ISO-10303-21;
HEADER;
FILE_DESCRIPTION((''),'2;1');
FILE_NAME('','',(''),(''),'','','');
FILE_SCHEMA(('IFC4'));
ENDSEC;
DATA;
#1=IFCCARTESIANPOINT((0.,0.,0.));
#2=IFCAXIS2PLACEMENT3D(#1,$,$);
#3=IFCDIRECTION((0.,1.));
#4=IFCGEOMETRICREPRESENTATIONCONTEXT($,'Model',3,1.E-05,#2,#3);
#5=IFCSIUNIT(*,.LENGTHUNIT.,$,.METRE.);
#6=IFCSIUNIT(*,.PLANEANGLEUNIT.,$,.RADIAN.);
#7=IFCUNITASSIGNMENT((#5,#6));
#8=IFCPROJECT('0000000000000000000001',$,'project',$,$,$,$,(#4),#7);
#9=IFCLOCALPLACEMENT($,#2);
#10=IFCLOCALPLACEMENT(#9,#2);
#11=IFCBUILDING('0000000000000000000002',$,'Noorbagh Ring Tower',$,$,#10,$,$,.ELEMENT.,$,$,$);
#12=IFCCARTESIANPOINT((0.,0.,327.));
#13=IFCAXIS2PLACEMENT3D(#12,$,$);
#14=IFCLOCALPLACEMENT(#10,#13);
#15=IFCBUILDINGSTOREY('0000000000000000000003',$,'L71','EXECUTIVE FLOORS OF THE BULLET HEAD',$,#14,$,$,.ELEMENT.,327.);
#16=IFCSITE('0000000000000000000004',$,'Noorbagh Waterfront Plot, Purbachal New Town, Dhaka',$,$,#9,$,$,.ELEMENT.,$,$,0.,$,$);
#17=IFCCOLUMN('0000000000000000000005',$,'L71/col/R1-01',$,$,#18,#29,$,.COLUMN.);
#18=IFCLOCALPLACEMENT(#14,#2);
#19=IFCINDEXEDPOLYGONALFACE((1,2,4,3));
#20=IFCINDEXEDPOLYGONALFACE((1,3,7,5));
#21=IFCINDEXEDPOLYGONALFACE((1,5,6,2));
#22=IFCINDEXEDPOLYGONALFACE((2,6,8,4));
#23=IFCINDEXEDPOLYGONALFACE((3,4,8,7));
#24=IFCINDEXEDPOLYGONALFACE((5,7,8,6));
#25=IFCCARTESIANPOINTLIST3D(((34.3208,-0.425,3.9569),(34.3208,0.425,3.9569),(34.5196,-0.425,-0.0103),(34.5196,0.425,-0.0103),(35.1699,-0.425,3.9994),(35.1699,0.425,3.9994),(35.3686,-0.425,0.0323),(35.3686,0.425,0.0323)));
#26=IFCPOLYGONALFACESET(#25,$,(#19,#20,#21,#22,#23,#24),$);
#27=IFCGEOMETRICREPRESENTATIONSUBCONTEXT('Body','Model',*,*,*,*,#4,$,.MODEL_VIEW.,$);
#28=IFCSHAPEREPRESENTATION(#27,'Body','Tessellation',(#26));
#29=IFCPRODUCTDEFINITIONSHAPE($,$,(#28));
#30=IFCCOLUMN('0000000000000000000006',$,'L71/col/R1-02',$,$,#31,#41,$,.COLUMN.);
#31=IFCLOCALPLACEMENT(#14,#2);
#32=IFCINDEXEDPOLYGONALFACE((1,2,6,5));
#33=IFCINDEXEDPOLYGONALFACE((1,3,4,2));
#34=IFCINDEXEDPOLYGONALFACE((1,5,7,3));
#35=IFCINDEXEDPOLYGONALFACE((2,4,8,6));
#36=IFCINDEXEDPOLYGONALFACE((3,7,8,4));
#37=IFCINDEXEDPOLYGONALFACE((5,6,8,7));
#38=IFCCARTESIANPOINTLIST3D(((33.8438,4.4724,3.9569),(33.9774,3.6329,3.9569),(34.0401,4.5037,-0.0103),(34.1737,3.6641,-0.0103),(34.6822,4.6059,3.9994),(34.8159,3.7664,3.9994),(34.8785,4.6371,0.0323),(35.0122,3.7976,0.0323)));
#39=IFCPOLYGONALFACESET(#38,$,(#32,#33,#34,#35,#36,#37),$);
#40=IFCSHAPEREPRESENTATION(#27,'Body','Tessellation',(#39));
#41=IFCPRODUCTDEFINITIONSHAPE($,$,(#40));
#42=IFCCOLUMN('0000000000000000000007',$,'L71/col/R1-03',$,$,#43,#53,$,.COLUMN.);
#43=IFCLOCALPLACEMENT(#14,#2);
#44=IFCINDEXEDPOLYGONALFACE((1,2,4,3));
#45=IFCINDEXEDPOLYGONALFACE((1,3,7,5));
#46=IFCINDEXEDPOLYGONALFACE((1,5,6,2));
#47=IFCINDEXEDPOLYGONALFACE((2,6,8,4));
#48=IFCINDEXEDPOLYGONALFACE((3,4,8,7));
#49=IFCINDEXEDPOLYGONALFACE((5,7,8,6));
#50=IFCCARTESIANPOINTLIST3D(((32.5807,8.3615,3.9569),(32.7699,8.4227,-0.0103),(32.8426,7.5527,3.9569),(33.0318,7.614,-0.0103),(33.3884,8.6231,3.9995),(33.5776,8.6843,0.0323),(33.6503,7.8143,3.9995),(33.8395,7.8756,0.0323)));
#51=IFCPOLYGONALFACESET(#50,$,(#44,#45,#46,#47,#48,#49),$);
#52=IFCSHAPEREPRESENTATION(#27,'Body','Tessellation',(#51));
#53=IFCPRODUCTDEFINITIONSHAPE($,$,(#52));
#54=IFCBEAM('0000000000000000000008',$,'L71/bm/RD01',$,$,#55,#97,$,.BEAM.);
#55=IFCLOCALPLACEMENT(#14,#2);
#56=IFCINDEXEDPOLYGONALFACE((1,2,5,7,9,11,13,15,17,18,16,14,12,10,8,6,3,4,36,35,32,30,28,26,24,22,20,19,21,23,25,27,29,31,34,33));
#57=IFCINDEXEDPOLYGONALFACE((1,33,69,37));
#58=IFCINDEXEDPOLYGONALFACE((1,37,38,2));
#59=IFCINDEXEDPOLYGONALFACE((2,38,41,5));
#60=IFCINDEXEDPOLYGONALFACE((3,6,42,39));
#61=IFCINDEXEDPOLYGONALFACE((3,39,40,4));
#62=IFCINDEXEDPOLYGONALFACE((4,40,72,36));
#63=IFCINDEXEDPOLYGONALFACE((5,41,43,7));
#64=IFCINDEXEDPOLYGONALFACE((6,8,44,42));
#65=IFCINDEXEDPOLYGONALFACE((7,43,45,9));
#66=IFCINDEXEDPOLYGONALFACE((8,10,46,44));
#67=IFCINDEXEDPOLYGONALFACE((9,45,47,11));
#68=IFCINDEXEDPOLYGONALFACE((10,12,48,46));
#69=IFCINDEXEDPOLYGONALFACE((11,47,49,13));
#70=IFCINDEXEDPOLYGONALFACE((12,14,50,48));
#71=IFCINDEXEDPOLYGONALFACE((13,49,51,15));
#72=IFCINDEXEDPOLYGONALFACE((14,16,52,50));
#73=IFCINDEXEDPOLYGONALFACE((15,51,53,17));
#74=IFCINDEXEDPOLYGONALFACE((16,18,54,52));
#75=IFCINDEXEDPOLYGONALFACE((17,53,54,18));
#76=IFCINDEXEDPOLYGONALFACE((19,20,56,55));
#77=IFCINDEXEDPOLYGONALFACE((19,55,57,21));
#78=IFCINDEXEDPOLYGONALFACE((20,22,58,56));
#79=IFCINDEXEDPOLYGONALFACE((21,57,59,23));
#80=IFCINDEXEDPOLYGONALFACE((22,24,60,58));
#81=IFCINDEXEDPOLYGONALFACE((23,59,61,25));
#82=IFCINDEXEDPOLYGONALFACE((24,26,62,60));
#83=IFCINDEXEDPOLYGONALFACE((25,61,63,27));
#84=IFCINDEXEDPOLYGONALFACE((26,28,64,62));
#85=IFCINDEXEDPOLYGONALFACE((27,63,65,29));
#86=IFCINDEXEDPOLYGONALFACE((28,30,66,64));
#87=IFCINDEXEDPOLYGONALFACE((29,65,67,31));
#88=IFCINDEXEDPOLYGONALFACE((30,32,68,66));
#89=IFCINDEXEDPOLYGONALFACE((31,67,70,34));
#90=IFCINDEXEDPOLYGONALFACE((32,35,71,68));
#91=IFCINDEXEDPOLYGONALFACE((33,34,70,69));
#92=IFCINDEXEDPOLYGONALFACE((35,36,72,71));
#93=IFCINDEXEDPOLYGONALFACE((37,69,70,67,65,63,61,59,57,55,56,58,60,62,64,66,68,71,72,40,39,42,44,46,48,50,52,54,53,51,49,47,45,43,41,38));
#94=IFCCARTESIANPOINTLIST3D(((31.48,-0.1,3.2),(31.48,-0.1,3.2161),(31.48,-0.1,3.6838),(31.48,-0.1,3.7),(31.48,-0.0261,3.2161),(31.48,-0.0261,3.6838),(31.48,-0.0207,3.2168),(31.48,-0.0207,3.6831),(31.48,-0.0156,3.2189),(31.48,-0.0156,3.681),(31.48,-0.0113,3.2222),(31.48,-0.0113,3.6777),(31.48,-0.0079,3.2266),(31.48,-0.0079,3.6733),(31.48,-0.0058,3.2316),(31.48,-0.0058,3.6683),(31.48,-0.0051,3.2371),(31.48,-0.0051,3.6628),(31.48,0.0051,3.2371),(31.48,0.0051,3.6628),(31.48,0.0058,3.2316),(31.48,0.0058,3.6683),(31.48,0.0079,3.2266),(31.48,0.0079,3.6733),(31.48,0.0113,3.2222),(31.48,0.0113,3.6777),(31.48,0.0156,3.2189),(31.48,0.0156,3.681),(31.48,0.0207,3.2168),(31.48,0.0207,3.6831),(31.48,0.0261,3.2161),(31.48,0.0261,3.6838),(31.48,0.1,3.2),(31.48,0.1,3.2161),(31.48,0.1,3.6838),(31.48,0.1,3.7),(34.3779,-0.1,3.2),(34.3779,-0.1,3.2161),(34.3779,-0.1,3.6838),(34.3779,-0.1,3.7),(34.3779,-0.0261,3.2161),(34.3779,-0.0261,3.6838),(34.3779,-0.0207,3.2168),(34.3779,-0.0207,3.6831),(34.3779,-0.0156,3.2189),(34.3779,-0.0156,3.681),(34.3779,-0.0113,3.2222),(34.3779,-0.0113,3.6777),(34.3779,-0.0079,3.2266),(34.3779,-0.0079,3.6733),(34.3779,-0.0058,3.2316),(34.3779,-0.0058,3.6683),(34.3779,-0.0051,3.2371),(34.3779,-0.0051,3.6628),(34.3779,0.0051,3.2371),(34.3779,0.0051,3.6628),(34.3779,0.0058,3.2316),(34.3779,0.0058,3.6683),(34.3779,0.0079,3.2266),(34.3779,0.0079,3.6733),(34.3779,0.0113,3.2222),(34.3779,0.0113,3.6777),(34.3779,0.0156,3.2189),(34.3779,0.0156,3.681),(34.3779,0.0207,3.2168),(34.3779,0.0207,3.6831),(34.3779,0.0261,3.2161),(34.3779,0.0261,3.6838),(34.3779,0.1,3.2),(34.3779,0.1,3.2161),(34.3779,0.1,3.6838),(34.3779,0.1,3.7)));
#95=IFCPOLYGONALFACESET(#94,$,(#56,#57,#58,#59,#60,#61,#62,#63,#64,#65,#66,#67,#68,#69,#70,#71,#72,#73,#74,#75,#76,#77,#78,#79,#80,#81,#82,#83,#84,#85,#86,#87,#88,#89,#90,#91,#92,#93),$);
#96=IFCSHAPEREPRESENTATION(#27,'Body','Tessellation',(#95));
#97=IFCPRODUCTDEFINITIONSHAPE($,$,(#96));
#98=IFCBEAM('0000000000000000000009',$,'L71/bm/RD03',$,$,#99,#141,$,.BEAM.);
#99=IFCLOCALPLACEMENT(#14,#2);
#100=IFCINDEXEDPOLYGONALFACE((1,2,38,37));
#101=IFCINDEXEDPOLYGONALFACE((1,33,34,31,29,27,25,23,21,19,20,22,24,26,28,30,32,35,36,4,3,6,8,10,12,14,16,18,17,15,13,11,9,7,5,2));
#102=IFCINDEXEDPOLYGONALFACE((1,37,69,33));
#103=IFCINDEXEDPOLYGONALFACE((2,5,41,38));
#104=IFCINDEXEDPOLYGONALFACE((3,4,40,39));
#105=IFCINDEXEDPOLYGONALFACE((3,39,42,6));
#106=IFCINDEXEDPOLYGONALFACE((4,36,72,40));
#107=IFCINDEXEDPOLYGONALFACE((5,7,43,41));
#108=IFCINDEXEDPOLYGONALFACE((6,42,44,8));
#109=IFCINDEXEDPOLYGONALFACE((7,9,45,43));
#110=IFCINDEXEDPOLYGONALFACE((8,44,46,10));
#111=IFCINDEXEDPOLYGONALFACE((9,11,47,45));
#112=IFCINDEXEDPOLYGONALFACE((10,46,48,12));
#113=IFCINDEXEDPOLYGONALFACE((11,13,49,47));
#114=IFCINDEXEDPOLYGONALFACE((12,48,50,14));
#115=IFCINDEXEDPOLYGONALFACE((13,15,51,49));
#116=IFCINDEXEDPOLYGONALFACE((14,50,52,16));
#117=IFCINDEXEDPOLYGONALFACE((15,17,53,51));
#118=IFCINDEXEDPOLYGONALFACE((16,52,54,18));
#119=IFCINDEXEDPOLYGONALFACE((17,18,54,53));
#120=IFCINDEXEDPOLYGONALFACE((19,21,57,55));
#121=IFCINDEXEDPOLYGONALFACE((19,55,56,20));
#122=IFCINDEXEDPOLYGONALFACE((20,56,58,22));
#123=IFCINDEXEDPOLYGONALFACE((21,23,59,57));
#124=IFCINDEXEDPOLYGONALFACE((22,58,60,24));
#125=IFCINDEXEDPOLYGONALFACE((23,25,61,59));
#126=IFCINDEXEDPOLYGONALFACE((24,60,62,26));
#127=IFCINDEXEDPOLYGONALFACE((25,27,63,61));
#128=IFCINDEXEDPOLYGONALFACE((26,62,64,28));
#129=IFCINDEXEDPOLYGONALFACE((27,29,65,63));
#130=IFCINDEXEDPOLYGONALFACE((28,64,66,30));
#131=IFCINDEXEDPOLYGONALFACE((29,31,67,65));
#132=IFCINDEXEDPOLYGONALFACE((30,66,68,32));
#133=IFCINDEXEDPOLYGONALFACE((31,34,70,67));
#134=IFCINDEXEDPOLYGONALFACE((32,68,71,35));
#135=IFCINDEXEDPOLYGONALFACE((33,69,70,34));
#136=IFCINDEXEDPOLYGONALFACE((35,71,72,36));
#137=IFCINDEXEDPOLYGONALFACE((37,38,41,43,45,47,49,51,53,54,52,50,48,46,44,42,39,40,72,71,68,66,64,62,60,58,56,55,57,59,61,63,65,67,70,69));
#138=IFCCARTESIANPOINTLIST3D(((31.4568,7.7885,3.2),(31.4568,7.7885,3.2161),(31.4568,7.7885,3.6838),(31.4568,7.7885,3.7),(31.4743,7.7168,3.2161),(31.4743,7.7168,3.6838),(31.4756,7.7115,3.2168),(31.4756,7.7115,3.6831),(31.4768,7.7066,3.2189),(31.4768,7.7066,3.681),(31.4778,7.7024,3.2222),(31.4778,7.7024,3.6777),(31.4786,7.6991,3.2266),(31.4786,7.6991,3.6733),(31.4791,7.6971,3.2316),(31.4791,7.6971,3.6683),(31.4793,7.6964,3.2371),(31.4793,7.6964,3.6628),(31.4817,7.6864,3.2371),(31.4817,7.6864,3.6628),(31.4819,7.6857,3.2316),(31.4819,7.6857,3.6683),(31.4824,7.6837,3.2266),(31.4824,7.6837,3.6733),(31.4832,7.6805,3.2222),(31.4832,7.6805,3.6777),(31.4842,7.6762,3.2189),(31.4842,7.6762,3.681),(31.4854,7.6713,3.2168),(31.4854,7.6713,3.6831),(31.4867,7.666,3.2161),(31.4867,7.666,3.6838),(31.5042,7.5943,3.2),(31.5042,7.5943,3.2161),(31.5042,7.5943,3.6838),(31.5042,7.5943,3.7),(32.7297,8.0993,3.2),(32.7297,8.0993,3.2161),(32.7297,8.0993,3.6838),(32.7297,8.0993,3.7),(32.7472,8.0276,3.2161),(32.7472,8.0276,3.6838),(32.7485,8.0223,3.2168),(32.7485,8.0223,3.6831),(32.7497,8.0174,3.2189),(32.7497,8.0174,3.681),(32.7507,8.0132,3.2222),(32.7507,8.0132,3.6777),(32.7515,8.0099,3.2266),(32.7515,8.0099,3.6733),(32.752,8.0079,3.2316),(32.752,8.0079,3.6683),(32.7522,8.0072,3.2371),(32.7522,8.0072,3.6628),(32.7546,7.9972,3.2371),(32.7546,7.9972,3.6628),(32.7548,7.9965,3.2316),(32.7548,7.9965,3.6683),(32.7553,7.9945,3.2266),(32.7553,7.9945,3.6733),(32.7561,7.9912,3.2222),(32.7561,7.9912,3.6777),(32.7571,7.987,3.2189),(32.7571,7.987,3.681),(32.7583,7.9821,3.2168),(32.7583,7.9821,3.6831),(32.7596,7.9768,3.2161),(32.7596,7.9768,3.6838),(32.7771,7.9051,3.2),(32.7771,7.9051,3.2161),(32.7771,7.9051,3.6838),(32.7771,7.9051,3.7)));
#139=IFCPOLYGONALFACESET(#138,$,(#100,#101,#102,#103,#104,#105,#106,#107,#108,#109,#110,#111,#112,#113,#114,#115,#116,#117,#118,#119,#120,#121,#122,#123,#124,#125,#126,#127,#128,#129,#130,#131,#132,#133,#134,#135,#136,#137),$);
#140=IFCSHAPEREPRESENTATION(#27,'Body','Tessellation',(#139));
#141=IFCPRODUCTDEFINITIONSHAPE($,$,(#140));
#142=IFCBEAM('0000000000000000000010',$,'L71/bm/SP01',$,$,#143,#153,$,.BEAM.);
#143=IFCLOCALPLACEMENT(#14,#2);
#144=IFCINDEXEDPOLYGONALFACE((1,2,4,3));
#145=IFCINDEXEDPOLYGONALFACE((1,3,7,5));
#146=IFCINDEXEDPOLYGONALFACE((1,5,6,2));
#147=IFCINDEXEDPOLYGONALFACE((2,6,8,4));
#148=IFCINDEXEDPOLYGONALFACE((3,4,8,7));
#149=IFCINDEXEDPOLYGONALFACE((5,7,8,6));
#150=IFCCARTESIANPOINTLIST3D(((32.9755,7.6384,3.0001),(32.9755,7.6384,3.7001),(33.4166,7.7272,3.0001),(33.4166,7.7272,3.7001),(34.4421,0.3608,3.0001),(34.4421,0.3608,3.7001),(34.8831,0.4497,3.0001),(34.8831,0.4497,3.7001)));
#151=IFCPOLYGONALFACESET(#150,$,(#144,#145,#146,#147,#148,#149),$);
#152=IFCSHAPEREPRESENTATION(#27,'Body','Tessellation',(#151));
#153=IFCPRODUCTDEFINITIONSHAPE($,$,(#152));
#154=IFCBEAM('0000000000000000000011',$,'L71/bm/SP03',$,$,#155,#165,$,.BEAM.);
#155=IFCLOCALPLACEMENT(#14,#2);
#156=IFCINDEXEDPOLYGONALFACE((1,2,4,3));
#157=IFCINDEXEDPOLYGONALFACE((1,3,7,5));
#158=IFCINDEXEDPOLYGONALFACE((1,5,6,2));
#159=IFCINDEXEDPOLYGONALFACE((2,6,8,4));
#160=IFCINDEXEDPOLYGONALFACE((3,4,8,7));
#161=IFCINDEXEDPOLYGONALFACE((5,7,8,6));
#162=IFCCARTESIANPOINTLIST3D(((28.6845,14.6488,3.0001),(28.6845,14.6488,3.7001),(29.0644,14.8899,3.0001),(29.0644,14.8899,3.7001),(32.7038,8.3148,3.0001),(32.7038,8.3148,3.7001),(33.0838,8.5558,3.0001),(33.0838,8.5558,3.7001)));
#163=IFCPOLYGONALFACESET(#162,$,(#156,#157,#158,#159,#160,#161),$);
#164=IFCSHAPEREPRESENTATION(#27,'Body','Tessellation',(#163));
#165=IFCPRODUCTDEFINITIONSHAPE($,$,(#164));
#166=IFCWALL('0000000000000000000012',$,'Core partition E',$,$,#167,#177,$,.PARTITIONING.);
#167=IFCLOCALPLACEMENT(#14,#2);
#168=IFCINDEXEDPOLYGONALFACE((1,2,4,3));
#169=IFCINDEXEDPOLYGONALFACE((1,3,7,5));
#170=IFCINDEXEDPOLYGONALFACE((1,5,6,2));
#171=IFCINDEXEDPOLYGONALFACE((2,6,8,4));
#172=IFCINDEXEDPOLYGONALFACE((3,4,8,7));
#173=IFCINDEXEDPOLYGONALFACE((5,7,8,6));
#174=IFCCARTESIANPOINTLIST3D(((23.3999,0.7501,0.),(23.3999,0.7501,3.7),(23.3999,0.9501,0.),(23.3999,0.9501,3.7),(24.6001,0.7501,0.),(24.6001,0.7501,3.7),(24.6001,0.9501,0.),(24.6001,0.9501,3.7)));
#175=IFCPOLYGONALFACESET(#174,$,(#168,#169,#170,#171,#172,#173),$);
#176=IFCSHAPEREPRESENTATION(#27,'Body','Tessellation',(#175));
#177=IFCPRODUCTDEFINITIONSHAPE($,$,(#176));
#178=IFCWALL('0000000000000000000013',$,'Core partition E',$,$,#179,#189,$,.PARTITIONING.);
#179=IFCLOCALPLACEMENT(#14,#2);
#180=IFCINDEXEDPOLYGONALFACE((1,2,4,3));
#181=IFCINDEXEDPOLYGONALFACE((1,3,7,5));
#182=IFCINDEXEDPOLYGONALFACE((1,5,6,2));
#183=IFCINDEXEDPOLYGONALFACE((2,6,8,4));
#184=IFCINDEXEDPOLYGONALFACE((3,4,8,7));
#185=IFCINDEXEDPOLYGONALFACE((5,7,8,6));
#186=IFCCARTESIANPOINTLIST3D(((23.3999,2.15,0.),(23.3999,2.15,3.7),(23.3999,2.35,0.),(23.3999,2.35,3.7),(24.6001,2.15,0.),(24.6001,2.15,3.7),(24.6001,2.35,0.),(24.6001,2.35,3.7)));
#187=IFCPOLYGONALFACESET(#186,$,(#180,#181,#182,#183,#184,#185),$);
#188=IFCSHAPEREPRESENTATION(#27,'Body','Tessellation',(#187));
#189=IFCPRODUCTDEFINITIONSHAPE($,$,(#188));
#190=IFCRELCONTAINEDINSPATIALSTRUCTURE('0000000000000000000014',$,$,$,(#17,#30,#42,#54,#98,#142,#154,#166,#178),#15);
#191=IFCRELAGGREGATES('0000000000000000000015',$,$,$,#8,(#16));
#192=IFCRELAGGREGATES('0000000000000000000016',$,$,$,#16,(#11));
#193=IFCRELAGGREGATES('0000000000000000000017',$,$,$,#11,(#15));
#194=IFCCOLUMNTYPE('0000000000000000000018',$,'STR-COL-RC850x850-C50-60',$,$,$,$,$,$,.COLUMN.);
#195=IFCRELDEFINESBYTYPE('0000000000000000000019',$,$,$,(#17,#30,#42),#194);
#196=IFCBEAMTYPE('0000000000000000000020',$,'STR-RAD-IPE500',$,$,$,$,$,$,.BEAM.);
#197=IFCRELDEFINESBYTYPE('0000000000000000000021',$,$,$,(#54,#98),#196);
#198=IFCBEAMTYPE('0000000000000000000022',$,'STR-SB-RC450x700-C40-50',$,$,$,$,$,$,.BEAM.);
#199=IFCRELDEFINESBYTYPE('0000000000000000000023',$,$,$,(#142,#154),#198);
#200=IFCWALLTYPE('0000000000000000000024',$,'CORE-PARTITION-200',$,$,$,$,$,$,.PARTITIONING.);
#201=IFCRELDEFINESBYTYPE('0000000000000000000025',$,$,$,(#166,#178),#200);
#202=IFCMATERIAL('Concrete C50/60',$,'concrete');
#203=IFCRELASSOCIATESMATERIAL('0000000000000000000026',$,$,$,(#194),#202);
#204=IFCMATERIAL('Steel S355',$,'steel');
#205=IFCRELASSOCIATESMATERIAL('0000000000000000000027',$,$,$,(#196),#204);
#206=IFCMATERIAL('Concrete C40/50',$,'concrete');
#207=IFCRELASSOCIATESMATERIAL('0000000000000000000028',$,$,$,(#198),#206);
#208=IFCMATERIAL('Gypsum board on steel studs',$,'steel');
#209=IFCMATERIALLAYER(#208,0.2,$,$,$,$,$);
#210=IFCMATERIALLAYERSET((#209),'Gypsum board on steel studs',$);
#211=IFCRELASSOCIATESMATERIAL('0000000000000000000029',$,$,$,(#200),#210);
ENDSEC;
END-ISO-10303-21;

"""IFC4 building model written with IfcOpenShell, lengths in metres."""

from ifc_helpers import new_model, si_unit, direction, frame, frame_2d, origin, origin_2d, place, context, subcontext, project, spatial, rectangle, i_section, extrude, material, layer, layer_set, material_profile, profile_set, type_object, element, save


model = new_model("IFC4")

# Units and contexts
model_context = context("Model", 3, precision=1e-05, world=origin(), true_north=direction((0.0, 1.0)))
body_context = subcontext(model_context, "Body", "Model", "MODEL_VIEW")
ifc_project = project(units=[si_unit("LENGTHUNIT", "METRE"), si_unit("PLANEANGLEUNIT", "RADIAN")], contexts=[model_context])

# Site, building, storey
site_placement = place(None, origin())
site = spatial("IfcSite", under=ifc_project, at=site_placement, Name="Noorbagh Waterfront Plot, Purbachal New Town, Dhaka", CompositionType="ELEMENT", RefElevation=0.0)
building_placement = place(site_placement, origin())
building = spatial("IfcBuilding", under=site, at=building_placement, Name="Noorbagh Ring Tower", CompositionType="ELEMENT")
storey_placement = place(building_placement, frame((0.0, 0.0, 327.0)))
storey = spatial("IfcBuildingStorey", under=building, at=storey_placement, Name="L71", Description="EXECUTIVE FLOORS OF THE BULLET HEAD", CompositionType="ELEMENT", Elevation=327.0)

# Columns
ifc_material_1 = material(Name="Concrete C50/60", Category="concrete")
ifc_material_profile_1 = material_profile(ifc_material_1, rectangle(XDim=0.8501, YDim=0.8501, at=origin_2d()), Name="RC850x850")
ifc_profile_set_1 = profile_set([ifc_material_profile_1], Name="Concrete C50/60")
column_type = type_object("IfcColumnType", Name="STR-COL-RC850x850-C50-60", PredefinedType="COLUMN", material=ifc_profile_set_1)
for number, where, z_axis, x_axis, name in (
    (1, (34.9441, 0.0, 0.011), (-0.05003, 0.0, 0.998748), (0.0, -1.0, 0.0), "L71/col/R1-01"),
    (2, (34.5261, 4.1506, 0.011), (-0.049415, -0.007867, 0.998747), (0.157224, -0.987563, 0.0), "L71/col/R1-02"),
    (3, (33.3047, 8.1492, 0.011), (-0.047632, -0.015427, 0.998746), (0.308114, -0.951349, 0.0), "L71/col/R1-03"),
):
    element("IfcColumn", number, at=place(storey_placement, frame(where, z_axis=z_axis, x_axis=x_axis)), inside=storey, type_object=column_type, Name=name, PredefinedType="COLUMN", context=body_context, shape_type="SweptSolid", body=[
        extrude(rectangle(XDim=0.8501, YDim=0.8501, at=origin_2d()), origin(), (0.0, 0.0, 1.0), 3.9722),
    ])

# Beams
ifc_material_2 = material(Name="Steel S355", Category="steel")
ifc_material_profile_2 = material_profile(ifc_material_2, i_section(OverallWidth=0.2, OverallDepth=0.5, WebThickness=0.0103, FlangeThickness=0.0161, FilletRadius=0.021, at=origin_2d()), Name="IPE500")
ifc_profile_set_2 = profile_set([ifc_material_profile_2], Name="Steel S355")
beam_type_1 = type_object("IfcBeamType", Name="STR-RAD-IPE500", PredefinedType="BEAM", material=ifc_profile_set_2)
beam_1_placement = place(storey_placement, frame((34.3779, 0.0, 3.45), z_axis=(-1.0, 0.0, 0.0), x_axis=(0.0, -1.0, 0.0)))
element("IfcBeam", 4, at=beam_1_placement, inside=storey, type_object=beam_type_1, Name="L71/bm/RD01", PredefinedType="BEAM", context=body_context, shape_type="SweptSolid", body=[
    extrude(i_section(OverallWidth=0.2, OverallDepth=0.5, WebThickness=0.0103, FlangeThickness=0.0161, FilletRadius=0.021, at=origin_2d()), origin(), (0.0, 0.0, 1.0), 2.8979),
])
beam_2_placement = place(storey_placement, frame((32.7534, 8.0022, 3.45), z_axis=(-0.971465, -0.237184, 0.0), x_axis=(0.237184, -0.971465, 0.0)))
element("IfcBeam", 5, at=beam_2_placement, inside=storey, type_object=beam_type_1, Name="L71/bm/RD03", PredefinedType="BEAM", context=body_context, shape_type="SweptSolid", body=[
    extrude(i_section(OverallWidth=0.2, OverallDepth=0.5, WebThickness=0.0103, FlangeThickness=0.0161, FilletRadius=0.021, at=origin_2d()), origin(), (0.0, 0.0, 1.0), 1.3103),
])
ifc_material_3 = material(Name="Concrete C40/50", Category="concrete")
ifc_material_profile_3 = material_profile(ifc_material_3, rectangle(XDim=0.45, YDim=0.7, at=origin_2d()), Name="RC450x700")
ifc_profile_set_3 = profile_set([ifc_material_profile_3], Name="Concrete C40/50")
beam_type_2 = type_object("IfcBeamType", Name="STR-SB-RC450x700-C40-50", PredefinedType="BEAM", material=ifc_profile_set_3)
beam_3_placement = place(storey_placement, frame((34.6626, 0.4053, 3.3501), z_axis=(-0.197545, 0.980294, 0.0), x_axis=(-0.980294, -0.197545, 0.0)))
element("IfcBeam", 6, at=beam_3_placement, inside=storey, type_object=beam_type_2, Name="L71/bm/SP01", PredefinedType="BEAM", context=body_context, shape_type="SweptSolid", body=[
    extrude(rectangle(XDim=0.45, YDim=0.7, at=origin_2d()), origin(), (0.0, 0.0, 1.0), 7.4238),
])
beam_4_placement = place(storey_placement, frame((32.8938, 8.4353, 3.3501), z_axis=(-0.535791, 0.844351, 0.0), x_axis=(-0.844351, -0.535791, 0.0)))
element("IfcBeam", 7, at=beam_4_placement, inside=storey, type_object=beam_type_2, Name="L71/bm/SP03", PredefinedType="BEAM", context=body_context, shape_type="SweptSolid", body=[
    extrude(rectangle(XDim=0.45, YDim=0.7, at=origin_2d()), origin(), (0.0, 0.0, 1.0), 7.5017),
])

# Walls
ifc_material_4 = material(Name="Gypsum board on steel studs", Category="steel")
ifc_layer_1 = layer(ifc_material_4, 0.2)
ifc_layer_set_1 = layer_set([ifc_layer_1], Name="Gypsum board on steel studs")
wall_type_1 = type_object("IfcWallType", Name="CORE-PARTITION-200", PredefinedType="PARTITIONING", material=ifc_layer_set_1)
for number, where, z_axis, x_axis, name in (
    (8, (23.3999, 0.8501, 0.0), (0.0, 0.0, 1.0), (1.0, 0.0, 0.0), "Core partition E"),
    (9, (23.3999, 2.25, 0.0), (0.0, 0.0, 1.0), (1.0, 0.0, 0.0), "Core partition E"),
):
    element("IfcWall", number, at=place(storey_placement, frame(where, z_axis=z_axis, x_axis=x_axis)), inside=storey, type_object=wall_type_1, Name=name, PredefinedType="PARTITIONING", context=body_context, shape_type="SweptSolid", body=[
        extrude(rectangle(XDim=1.2002, YDim=0.2, at=frame_2d((0.6001, 0.0))), origin(), (0.0, 0.0, 1.0), 3.7),
    ])

save(model, "model.ifc")
